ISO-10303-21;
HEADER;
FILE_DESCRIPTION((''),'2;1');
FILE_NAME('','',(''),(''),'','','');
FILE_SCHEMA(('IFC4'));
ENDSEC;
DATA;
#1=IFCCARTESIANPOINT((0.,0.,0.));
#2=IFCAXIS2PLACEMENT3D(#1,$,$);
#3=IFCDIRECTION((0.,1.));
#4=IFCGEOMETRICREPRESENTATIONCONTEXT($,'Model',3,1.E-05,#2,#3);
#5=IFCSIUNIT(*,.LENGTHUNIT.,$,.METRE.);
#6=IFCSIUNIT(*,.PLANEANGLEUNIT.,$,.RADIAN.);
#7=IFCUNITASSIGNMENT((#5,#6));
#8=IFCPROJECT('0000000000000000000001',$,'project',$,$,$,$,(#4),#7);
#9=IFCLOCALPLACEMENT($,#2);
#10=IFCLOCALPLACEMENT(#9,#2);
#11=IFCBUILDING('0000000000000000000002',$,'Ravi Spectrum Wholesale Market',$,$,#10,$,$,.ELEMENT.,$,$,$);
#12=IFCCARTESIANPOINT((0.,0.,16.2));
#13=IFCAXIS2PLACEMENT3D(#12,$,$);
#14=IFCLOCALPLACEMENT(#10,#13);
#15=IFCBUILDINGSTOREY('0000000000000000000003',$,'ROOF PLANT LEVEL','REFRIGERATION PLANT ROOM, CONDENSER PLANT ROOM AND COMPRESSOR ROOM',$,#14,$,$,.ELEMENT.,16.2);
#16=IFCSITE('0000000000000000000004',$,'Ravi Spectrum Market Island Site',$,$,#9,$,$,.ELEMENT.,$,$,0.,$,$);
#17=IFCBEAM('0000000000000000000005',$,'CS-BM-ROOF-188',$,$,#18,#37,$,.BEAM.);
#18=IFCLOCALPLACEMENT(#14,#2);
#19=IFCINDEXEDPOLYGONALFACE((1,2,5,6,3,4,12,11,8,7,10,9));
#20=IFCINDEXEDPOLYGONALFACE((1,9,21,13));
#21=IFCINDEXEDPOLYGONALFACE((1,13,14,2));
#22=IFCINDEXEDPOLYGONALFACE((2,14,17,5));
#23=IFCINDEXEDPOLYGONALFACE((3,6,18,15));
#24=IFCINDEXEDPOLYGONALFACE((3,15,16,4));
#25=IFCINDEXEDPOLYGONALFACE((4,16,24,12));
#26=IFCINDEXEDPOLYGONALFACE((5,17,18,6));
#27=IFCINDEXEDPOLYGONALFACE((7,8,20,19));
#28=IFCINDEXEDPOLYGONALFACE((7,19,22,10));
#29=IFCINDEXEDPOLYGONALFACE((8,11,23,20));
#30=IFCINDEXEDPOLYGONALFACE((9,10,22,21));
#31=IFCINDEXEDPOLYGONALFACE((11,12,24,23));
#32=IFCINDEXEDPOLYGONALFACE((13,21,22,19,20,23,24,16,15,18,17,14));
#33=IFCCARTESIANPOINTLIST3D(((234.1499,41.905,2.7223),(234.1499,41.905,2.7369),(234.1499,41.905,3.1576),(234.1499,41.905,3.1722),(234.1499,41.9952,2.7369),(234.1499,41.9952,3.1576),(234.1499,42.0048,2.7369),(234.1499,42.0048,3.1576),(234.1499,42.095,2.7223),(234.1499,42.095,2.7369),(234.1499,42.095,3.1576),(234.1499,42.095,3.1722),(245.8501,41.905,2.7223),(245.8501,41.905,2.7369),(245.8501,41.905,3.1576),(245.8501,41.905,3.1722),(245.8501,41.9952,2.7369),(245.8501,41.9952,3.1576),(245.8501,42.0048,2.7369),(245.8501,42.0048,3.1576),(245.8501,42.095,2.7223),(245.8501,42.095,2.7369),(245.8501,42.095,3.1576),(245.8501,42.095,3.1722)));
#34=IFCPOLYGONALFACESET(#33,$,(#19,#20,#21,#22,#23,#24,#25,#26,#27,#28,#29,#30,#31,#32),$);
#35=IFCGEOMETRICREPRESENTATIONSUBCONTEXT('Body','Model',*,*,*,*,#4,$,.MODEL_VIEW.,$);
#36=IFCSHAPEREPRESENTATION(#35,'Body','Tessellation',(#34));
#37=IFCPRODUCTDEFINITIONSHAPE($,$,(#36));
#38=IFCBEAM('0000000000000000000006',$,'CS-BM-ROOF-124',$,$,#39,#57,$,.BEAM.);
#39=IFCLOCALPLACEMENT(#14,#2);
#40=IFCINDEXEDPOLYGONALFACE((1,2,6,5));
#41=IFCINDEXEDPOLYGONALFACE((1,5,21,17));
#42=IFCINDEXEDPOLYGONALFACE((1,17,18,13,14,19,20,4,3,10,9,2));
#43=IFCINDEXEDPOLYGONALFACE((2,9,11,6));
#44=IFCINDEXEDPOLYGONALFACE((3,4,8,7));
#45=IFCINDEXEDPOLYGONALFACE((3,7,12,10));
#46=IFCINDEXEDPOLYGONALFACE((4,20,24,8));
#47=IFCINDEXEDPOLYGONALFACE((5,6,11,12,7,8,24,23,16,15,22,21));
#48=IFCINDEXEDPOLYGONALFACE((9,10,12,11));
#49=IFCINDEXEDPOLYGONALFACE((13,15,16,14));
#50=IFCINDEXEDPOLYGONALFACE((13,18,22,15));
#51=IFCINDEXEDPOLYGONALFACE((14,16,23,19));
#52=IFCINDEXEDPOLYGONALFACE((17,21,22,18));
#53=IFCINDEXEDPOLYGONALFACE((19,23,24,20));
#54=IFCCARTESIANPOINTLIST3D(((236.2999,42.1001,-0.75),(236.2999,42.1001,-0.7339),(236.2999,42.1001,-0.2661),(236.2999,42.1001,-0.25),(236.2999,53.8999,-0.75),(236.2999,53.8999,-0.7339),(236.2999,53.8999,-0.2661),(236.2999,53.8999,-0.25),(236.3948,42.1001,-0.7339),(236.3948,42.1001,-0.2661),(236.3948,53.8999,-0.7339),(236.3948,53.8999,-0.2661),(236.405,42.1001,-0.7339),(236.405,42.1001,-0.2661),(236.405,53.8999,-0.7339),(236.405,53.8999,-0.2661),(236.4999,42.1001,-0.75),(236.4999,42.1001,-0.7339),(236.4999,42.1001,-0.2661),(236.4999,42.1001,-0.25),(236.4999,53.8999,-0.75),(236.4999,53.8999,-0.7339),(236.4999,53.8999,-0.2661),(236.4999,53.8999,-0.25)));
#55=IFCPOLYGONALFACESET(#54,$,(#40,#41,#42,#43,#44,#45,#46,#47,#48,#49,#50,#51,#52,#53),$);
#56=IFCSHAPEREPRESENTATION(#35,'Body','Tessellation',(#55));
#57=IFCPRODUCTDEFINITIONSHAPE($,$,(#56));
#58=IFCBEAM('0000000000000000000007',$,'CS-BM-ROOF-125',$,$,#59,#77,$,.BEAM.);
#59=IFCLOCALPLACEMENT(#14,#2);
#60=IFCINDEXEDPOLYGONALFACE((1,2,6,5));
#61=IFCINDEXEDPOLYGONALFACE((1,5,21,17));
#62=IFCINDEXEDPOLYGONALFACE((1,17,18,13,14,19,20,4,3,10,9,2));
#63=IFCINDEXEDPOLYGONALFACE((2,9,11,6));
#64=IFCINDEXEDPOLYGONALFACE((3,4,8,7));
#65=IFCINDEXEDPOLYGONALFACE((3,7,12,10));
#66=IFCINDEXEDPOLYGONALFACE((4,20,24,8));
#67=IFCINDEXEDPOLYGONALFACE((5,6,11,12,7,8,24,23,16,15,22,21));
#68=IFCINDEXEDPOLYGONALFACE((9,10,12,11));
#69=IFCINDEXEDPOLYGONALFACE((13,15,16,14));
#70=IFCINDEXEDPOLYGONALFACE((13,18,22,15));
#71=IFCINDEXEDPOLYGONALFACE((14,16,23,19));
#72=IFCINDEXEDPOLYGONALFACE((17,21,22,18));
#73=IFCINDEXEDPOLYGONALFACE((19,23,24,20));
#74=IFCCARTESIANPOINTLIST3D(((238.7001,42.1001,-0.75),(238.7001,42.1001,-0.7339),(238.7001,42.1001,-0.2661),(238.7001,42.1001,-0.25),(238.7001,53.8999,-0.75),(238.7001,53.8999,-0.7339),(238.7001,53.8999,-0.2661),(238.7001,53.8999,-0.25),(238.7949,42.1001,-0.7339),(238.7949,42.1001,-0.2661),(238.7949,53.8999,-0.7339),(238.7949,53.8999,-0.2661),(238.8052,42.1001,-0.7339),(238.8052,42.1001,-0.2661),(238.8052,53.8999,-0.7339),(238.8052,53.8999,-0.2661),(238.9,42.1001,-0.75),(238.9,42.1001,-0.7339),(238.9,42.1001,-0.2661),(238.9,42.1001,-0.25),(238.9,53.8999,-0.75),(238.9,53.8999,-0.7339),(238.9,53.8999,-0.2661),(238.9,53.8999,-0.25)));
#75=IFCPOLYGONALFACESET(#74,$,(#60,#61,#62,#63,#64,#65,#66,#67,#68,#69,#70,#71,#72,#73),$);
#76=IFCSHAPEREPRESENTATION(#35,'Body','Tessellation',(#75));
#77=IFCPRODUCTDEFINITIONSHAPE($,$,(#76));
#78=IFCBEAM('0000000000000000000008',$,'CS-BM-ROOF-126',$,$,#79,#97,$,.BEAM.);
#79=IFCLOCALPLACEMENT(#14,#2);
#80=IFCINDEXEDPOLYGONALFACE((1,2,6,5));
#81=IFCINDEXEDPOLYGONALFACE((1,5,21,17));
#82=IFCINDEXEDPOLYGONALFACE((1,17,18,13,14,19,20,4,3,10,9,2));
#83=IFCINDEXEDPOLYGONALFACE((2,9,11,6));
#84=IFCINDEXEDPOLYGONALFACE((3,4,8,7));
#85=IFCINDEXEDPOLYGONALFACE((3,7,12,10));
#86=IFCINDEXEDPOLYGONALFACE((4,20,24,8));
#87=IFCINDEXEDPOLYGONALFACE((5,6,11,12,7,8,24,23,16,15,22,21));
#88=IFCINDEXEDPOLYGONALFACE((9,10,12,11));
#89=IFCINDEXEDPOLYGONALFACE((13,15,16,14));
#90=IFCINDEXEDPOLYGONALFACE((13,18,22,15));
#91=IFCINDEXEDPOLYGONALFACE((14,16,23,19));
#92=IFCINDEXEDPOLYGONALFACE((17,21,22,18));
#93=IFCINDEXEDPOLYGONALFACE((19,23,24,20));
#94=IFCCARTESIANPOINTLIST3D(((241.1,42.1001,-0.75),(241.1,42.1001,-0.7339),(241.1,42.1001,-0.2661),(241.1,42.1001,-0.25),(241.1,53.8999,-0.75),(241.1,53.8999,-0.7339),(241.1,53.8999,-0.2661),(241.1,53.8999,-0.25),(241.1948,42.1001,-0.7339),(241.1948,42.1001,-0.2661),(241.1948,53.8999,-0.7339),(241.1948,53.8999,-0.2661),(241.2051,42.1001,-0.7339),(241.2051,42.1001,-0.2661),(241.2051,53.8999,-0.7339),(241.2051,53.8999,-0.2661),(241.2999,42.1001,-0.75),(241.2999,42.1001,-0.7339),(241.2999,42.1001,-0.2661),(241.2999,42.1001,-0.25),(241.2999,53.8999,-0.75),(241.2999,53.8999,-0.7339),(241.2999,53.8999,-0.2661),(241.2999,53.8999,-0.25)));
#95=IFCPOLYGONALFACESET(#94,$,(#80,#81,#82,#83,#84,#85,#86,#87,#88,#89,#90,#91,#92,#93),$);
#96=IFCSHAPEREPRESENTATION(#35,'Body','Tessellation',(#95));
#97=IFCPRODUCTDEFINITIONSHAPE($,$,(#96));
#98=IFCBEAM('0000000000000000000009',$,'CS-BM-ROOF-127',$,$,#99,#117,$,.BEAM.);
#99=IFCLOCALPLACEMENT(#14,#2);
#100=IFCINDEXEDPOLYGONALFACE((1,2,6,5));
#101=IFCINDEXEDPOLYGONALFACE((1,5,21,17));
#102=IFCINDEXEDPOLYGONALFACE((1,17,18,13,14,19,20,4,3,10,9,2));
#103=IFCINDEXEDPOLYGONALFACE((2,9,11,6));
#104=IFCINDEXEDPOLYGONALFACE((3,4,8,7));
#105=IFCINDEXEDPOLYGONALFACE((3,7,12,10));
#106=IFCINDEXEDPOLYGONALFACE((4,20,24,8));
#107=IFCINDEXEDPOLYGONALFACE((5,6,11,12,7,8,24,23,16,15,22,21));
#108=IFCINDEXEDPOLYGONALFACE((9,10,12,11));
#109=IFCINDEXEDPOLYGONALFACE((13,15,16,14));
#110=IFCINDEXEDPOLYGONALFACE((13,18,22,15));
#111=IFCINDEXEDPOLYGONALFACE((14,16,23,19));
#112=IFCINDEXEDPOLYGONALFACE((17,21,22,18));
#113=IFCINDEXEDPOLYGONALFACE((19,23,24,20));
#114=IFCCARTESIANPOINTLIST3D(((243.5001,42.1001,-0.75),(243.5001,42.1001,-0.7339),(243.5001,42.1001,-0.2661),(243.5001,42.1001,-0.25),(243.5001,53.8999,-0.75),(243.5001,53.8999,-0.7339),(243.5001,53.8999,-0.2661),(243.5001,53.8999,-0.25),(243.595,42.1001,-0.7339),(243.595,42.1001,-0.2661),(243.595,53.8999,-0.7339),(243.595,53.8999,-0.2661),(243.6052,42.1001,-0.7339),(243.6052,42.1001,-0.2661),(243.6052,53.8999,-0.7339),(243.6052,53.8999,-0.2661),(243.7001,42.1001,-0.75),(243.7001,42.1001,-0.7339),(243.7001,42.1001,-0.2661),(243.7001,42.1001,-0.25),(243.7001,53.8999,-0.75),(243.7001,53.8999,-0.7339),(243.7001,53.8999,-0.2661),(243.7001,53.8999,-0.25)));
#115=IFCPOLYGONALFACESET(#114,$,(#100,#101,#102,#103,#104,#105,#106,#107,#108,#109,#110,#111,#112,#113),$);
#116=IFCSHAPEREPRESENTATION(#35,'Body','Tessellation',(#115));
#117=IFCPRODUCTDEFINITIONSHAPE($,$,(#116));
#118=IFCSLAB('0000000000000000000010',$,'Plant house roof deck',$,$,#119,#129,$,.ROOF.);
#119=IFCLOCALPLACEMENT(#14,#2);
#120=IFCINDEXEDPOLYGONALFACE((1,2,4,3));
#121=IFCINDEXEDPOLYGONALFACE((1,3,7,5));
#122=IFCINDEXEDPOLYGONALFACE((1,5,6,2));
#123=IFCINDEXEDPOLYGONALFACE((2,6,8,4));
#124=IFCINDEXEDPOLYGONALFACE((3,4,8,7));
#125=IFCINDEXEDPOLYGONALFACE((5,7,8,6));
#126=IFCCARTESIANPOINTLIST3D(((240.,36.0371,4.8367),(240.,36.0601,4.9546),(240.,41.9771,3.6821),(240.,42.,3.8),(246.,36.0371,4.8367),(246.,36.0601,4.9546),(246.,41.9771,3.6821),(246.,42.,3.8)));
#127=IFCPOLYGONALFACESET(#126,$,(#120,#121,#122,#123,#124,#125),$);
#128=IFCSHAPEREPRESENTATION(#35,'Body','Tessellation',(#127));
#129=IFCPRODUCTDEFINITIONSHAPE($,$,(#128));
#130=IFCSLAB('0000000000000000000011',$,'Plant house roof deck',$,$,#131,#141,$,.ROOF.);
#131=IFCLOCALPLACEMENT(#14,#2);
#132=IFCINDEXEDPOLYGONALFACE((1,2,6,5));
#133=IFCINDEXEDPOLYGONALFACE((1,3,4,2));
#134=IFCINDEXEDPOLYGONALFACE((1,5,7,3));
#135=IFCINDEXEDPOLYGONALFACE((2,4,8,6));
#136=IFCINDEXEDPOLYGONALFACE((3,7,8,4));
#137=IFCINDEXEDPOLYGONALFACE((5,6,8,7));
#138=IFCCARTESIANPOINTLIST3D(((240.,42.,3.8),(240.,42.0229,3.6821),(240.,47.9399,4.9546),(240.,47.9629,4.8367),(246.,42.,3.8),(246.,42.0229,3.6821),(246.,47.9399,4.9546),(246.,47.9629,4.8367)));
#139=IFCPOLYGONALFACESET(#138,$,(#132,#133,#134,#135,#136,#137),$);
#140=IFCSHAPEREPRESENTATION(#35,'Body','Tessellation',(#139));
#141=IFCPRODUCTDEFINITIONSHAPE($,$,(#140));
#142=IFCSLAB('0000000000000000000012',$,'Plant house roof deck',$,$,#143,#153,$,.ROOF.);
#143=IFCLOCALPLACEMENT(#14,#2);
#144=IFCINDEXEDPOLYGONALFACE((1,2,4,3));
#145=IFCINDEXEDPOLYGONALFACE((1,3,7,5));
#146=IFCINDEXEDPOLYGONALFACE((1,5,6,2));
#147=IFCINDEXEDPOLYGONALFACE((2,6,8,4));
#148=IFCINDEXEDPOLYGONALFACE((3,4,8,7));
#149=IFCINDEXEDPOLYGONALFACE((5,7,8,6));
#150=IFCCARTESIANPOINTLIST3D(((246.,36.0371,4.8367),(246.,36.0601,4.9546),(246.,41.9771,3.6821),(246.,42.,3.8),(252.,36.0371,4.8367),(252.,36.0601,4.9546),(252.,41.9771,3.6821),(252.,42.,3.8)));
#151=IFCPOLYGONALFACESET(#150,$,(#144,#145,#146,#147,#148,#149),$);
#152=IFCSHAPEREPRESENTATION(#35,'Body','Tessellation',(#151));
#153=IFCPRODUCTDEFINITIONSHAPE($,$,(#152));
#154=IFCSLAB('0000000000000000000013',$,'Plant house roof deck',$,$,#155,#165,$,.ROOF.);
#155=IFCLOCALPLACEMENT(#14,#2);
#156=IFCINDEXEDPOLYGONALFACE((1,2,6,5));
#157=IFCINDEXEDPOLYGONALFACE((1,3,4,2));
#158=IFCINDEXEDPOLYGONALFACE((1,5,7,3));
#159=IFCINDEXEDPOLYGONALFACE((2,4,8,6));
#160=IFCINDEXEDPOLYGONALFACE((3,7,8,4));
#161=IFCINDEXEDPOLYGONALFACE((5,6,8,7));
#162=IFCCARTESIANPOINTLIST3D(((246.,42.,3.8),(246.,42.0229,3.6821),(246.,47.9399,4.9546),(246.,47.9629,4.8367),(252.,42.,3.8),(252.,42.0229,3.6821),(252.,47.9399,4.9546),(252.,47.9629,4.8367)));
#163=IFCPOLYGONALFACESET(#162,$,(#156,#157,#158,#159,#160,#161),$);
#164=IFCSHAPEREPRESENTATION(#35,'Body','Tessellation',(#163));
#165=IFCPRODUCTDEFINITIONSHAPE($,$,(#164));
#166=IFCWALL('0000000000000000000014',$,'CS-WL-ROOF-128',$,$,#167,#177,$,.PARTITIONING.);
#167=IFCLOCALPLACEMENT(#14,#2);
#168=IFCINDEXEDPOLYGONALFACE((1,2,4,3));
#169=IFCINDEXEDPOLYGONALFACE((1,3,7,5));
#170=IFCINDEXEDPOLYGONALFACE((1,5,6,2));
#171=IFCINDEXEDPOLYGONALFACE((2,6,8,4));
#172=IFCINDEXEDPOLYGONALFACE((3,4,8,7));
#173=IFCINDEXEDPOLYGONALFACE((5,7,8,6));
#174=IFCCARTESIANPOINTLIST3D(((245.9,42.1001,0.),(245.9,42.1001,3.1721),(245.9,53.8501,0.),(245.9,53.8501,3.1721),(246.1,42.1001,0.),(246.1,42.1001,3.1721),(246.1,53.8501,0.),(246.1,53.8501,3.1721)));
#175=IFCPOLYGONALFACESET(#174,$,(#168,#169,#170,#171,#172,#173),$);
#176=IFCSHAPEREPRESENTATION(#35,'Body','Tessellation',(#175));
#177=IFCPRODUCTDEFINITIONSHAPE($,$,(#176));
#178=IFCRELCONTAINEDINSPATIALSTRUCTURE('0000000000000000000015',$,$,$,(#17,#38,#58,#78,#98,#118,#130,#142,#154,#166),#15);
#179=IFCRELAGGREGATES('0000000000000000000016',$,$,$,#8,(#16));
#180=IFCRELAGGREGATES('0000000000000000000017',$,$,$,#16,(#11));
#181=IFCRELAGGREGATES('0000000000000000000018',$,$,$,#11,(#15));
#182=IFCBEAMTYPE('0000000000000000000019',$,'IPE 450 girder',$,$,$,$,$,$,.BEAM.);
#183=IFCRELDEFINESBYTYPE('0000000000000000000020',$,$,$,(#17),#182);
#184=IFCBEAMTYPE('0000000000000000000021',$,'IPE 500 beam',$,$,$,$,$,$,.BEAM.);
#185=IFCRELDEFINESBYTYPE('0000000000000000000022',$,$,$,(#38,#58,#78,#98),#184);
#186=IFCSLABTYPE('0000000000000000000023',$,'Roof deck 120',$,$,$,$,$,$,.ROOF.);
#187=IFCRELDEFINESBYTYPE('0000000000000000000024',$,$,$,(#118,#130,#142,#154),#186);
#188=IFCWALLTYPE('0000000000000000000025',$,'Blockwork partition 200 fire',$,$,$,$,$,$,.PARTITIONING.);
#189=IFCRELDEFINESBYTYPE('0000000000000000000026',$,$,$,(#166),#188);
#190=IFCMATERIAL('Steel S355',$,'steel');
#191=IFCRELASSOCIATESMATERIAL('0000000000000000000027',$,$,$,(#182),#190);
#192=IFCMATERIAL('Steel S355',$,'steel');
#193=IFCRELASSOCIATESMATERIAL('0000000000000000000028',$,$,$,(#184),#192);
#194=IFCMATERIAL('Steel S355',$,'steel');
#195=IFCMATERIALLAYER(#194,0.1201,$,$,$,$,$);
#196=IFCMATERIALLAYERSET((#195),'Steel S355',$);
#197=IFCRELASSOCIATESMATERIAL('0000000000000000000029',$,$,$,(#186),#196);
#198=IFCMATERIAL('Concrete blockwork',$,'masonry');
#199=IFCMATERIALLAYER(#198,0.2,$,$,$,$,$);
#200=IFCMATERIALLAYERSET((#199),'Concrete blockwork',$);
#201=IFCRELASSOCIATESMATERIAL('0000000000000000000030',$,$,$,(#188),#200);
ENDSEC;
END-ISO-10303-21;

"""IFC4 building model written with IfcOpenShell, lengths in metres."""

from ifc_helpers import new_model, si_unit, direction, frame, frame_2d, origin, origin_2d, place, context, subcontext, project, spatial, polyline, rectangle, i_section, outline, extrude, material, layer, layer_set, material_profile, profile_set, type_object, element, save


model = new_model("IFC4")

# Units and contexts
model_context = context("Model", 3, precision=1e-05, world=origin(), true_north=direction((0.0, 1.0)))
body_context = subcontext(model_context, "Body", "Model", "MODEL_VIEW")
ifc_project = project(units=[si_unit("LENGTHUNIT", "METRE"), si_unit("PLANEANGLEUNIT", "RADIAN")], contexts=[model_context])

# Site, building, storey
site_placement = place(None, origin())
site = spatial("IfcSite", under=ifc_project, at=site_placement, Name="Ravi Spectrum Market Island Site", CompositionType="ELEMENT", RefElevation=0.0)
building_placement = place(site_placement, origin())
building = spatial("IfcBuilding", under=site, at=building_placement, Name="Ravi Spectrum Wholesale Market", CompositionType="ELEMENT")
storey_placement = place(building_placement, frame((0.0, 0.0, 16.2)))
storey = spatial("IfcBuildingStorey", under=building, at=storey_placement, Name="ROOF PLANT LEVEL", Description="REFRIGERATION PLANT ROOM, CONDENSER PLANT ROOM AND COMPRESSOR ROOM", CompositionType="ELEMENT", Elevation=16.2)

# Beams
ifc_material_1 = material(Name="Steel S355", Category="steel")
ifc_material_profile_1 = material_profile(ifc_material_1, i_section(OverallWidth=0.1899, OverallDepth=0.45, WebThickness=0.0095, FlangeThickness=0.0146, at=origin_2d()))
ifc_profile_set_1 = profile_set([ifc_material_profile_1], Name="Steel S355")
beam_type_1 = type_object("IfcBeamType", Name="IPE 450 girder", PredefinedType="BEAM", material=ifc_profile_set_1)
beam_1_placement = place(storey_placement, frame((234.1499, 42.0, 2.9473), z_axis=(1.0, 0.0, 0.0), x_axis=(0.0, 1.0, 0.0)))
element("IfcBeam", 1, at=beam_1_placement, inside=storey, type_object=beam_type_1, Name="CS-BM-ROOF-188", PredefinedType="BEAM", context=body_context, shape_type="SweptSolid", body=[
    extrude(i_section(OverallWidth=0.1899, OverallDepth=0.45, WebThickness=0.0095, FlangeThickness=0.0146, at=origin_2d()), origin(), (0.0, 0.0, 1.0), 11.7002),
])
ifc_material_2 = material(Name="Steel S355", Category="steel")
ifc_material_profile_2 = material_profile(ifc_material_2, i_section(OverallWidth=0.2, OverallDepth=0.5, WebThickness=0.0103, FlangeThickness=0.0161, at=origin_2d()))
ifc_profile_set_2 = profile_set([ifc_material_profile_2], Name="Steel S355")
beam_type_2 = type_object("IfcBeamType", Name="IPE 500 beam", PredefinedType="BEAM", material=ifc_profile_set_2)
for number, where, z_axis, x_axis, name in (
    (2, (236.3999, 42.1001, -0.5), (0.0, 1.0, 0.0), (-1.0, 0.0, 0.0), "CS-BM-ROOF-124"),
    (3, (238.8, 42.1001, -0.5), (0.0, 1.0, 0.0), (-1.0, 0.0, 0.0), "CS-BM-ROOF-125"),
    (4, (241.2, 42.1001, -0.5), (0.0, 1.0, 0.0), (-1.0, 0.0, 0.0), "CS-BM-ROOF-126"),
    (5, (243.6001, 42.1001, -0.5), (0.0, 1.0, 0.0), (-1.0, 0.0, 0.0), "CS-BM-ROOF-127"),
):
    element("IfcBeam", number, at=place(storey_placement, frame(where, z_axis=z_axis, x_axis=x_axis)), inside=storey, type_object=beam_type_2, Name=name, PredefinedType="BEAM", context=body_context, shape_type="SweptSolid", body=[
        extrude(i_section(OverallWidth=0.2, OverallDepth=0.5, WebThickness=0.0103, FlangeThickness=0.0161, at=origin_2d()), origin(), (0.0, 0.0, 1.0), 11.7998),
    ])

# Slabs
ifc_material_3 = material(Name="Steel S355", Category="steel")
ifc_layer_1 = layer(ifc_material_3, 0.1201)
ifc_layer_set_1 = layer_set([ifc_layer_1], Name="Steel S355")
slab_type = type_object("IfcSlabType", Name="Roof deck 120", PredefinedType="ROOF", material=ifc_layer_set_1)
slab_1_placement = place(storey_placement, frame((240.0, 42.0, 3.8), z_axis=(0.0, 0.190798, 0.981629), x_axis=(1.0, 0.0, 0.0)))
element("IfcSlab", 6, at=slab_1_placement, inside=storey, type_object=slab_type, Name="Plant house roof deck", PredefinedType="ROOF", context=body_context, shape_type="SweptSolid", body=[
    extrude(outline(polyline([(0.0, 0.0), (6.0, 0.0), (6.0, -6.0511), (0.0, -6.0511), (0.0, 0.0)])), origin(), (0.0, 0.0, -1.0), 0.1201),
])
slab_2_placement = place(storey_placement, frame((240.0, 42.0, 3.8), z_axis=(0.0, -0.190798, 0.981629), x_axis=(1.0, 0.0, 0.0)))
element("IfcSlab", 7, at=slab_2_placement, inside=storey, type_object=slab_type, Name="Plant house roof deck", PredefinedType="ROOF", context=body_context, shape_type="SweptSolid", body=[
    extrude(outline(polyline([(0.0, 0.0), (6.0, 0.0), (6.0, 6.0511), (0.0, 6.0511), (0.0, 0.0)])), origin(), (0.0, 0.0, -1.0), 0.1201),
])
slab_3_placement = place(storey_placement, frame((246.0, 42.0, 3.8), z_axis=(0.0, 0.190798, 0.981629), x_axis=(1.0, 0.0, 0.0)))
element("IfcSlab", 8, at=slab_3_placement, inside=storey, type_object=slab_type, Name="Plant house roof deck", PredefinedType="ROOF", context=body_context, shape_type="SweptSolid", body=[
    extrude(outline(polyline([(0.0, 0.0), (6.0, 0.0), (6.0, -6.0511), (0.0, -6.0511), (0.0, 0.0)])), origin(), (0.0, 0.0, -1.0), 0.1201),
])
slab_4_placement = place(storey_placement, frame((246.0, 42.0, 3.8), z_axis=(0.0, -0.190798, 0.981629), x_axis=(1.0, 0.0, 0.0)))
element("IfcSlab", 9, at=slab_4_placement, inside=storey, type_object=slab_type, Name="Plant house roof deck", PredefinedType="ROOF", context=body_context, shape_type="SweptSolid", body=[
    extrude(outline(polyline([(0.0, 0.0), (6.0, 0.0), (6.0, 6.0511), (0.0, 6.0511), (0.0, 0.0)])), origin(), (0.0, 0.0, -1.0), 0.1201),
])

# Wall
ifc_material_4 = material(Name="Concrete blockwork", Category="masonry")
ifc_layer_2 = layer(ifc_material_4, 0.2)
ifc_layer_set_2 = layer_set([ifc_layer_2], Name="Concrete blockwork")
wall_type = type_object("IfcWallType", Name="Blockwork partition 200 fire", PredefinedType="PARTITIONING", material=ifc_layer_set_2)
wall_placement = place(storey_placement, frame((246.0, 42.1001, 0.0), z_axis=(0.0, 0.0, 1.0), x_axis=(0.0, 1.0, 0.0)))
element("IfcWall", 10, at=wall_placement, inside=storey, type_object=wall_type, Name="CS-WL-ROOF-128", PredefinedType="PARTITIONING", context=body_context, shape_type="SweptSolid", body=[
    extrude(rectangle(XDim=11.75, YDim=0.2, at=frame_2d((5.875, 0.0))), origin(), (0.0, 0.0, 1.0), 3.1721),
])

save(model, "model.ifc")
